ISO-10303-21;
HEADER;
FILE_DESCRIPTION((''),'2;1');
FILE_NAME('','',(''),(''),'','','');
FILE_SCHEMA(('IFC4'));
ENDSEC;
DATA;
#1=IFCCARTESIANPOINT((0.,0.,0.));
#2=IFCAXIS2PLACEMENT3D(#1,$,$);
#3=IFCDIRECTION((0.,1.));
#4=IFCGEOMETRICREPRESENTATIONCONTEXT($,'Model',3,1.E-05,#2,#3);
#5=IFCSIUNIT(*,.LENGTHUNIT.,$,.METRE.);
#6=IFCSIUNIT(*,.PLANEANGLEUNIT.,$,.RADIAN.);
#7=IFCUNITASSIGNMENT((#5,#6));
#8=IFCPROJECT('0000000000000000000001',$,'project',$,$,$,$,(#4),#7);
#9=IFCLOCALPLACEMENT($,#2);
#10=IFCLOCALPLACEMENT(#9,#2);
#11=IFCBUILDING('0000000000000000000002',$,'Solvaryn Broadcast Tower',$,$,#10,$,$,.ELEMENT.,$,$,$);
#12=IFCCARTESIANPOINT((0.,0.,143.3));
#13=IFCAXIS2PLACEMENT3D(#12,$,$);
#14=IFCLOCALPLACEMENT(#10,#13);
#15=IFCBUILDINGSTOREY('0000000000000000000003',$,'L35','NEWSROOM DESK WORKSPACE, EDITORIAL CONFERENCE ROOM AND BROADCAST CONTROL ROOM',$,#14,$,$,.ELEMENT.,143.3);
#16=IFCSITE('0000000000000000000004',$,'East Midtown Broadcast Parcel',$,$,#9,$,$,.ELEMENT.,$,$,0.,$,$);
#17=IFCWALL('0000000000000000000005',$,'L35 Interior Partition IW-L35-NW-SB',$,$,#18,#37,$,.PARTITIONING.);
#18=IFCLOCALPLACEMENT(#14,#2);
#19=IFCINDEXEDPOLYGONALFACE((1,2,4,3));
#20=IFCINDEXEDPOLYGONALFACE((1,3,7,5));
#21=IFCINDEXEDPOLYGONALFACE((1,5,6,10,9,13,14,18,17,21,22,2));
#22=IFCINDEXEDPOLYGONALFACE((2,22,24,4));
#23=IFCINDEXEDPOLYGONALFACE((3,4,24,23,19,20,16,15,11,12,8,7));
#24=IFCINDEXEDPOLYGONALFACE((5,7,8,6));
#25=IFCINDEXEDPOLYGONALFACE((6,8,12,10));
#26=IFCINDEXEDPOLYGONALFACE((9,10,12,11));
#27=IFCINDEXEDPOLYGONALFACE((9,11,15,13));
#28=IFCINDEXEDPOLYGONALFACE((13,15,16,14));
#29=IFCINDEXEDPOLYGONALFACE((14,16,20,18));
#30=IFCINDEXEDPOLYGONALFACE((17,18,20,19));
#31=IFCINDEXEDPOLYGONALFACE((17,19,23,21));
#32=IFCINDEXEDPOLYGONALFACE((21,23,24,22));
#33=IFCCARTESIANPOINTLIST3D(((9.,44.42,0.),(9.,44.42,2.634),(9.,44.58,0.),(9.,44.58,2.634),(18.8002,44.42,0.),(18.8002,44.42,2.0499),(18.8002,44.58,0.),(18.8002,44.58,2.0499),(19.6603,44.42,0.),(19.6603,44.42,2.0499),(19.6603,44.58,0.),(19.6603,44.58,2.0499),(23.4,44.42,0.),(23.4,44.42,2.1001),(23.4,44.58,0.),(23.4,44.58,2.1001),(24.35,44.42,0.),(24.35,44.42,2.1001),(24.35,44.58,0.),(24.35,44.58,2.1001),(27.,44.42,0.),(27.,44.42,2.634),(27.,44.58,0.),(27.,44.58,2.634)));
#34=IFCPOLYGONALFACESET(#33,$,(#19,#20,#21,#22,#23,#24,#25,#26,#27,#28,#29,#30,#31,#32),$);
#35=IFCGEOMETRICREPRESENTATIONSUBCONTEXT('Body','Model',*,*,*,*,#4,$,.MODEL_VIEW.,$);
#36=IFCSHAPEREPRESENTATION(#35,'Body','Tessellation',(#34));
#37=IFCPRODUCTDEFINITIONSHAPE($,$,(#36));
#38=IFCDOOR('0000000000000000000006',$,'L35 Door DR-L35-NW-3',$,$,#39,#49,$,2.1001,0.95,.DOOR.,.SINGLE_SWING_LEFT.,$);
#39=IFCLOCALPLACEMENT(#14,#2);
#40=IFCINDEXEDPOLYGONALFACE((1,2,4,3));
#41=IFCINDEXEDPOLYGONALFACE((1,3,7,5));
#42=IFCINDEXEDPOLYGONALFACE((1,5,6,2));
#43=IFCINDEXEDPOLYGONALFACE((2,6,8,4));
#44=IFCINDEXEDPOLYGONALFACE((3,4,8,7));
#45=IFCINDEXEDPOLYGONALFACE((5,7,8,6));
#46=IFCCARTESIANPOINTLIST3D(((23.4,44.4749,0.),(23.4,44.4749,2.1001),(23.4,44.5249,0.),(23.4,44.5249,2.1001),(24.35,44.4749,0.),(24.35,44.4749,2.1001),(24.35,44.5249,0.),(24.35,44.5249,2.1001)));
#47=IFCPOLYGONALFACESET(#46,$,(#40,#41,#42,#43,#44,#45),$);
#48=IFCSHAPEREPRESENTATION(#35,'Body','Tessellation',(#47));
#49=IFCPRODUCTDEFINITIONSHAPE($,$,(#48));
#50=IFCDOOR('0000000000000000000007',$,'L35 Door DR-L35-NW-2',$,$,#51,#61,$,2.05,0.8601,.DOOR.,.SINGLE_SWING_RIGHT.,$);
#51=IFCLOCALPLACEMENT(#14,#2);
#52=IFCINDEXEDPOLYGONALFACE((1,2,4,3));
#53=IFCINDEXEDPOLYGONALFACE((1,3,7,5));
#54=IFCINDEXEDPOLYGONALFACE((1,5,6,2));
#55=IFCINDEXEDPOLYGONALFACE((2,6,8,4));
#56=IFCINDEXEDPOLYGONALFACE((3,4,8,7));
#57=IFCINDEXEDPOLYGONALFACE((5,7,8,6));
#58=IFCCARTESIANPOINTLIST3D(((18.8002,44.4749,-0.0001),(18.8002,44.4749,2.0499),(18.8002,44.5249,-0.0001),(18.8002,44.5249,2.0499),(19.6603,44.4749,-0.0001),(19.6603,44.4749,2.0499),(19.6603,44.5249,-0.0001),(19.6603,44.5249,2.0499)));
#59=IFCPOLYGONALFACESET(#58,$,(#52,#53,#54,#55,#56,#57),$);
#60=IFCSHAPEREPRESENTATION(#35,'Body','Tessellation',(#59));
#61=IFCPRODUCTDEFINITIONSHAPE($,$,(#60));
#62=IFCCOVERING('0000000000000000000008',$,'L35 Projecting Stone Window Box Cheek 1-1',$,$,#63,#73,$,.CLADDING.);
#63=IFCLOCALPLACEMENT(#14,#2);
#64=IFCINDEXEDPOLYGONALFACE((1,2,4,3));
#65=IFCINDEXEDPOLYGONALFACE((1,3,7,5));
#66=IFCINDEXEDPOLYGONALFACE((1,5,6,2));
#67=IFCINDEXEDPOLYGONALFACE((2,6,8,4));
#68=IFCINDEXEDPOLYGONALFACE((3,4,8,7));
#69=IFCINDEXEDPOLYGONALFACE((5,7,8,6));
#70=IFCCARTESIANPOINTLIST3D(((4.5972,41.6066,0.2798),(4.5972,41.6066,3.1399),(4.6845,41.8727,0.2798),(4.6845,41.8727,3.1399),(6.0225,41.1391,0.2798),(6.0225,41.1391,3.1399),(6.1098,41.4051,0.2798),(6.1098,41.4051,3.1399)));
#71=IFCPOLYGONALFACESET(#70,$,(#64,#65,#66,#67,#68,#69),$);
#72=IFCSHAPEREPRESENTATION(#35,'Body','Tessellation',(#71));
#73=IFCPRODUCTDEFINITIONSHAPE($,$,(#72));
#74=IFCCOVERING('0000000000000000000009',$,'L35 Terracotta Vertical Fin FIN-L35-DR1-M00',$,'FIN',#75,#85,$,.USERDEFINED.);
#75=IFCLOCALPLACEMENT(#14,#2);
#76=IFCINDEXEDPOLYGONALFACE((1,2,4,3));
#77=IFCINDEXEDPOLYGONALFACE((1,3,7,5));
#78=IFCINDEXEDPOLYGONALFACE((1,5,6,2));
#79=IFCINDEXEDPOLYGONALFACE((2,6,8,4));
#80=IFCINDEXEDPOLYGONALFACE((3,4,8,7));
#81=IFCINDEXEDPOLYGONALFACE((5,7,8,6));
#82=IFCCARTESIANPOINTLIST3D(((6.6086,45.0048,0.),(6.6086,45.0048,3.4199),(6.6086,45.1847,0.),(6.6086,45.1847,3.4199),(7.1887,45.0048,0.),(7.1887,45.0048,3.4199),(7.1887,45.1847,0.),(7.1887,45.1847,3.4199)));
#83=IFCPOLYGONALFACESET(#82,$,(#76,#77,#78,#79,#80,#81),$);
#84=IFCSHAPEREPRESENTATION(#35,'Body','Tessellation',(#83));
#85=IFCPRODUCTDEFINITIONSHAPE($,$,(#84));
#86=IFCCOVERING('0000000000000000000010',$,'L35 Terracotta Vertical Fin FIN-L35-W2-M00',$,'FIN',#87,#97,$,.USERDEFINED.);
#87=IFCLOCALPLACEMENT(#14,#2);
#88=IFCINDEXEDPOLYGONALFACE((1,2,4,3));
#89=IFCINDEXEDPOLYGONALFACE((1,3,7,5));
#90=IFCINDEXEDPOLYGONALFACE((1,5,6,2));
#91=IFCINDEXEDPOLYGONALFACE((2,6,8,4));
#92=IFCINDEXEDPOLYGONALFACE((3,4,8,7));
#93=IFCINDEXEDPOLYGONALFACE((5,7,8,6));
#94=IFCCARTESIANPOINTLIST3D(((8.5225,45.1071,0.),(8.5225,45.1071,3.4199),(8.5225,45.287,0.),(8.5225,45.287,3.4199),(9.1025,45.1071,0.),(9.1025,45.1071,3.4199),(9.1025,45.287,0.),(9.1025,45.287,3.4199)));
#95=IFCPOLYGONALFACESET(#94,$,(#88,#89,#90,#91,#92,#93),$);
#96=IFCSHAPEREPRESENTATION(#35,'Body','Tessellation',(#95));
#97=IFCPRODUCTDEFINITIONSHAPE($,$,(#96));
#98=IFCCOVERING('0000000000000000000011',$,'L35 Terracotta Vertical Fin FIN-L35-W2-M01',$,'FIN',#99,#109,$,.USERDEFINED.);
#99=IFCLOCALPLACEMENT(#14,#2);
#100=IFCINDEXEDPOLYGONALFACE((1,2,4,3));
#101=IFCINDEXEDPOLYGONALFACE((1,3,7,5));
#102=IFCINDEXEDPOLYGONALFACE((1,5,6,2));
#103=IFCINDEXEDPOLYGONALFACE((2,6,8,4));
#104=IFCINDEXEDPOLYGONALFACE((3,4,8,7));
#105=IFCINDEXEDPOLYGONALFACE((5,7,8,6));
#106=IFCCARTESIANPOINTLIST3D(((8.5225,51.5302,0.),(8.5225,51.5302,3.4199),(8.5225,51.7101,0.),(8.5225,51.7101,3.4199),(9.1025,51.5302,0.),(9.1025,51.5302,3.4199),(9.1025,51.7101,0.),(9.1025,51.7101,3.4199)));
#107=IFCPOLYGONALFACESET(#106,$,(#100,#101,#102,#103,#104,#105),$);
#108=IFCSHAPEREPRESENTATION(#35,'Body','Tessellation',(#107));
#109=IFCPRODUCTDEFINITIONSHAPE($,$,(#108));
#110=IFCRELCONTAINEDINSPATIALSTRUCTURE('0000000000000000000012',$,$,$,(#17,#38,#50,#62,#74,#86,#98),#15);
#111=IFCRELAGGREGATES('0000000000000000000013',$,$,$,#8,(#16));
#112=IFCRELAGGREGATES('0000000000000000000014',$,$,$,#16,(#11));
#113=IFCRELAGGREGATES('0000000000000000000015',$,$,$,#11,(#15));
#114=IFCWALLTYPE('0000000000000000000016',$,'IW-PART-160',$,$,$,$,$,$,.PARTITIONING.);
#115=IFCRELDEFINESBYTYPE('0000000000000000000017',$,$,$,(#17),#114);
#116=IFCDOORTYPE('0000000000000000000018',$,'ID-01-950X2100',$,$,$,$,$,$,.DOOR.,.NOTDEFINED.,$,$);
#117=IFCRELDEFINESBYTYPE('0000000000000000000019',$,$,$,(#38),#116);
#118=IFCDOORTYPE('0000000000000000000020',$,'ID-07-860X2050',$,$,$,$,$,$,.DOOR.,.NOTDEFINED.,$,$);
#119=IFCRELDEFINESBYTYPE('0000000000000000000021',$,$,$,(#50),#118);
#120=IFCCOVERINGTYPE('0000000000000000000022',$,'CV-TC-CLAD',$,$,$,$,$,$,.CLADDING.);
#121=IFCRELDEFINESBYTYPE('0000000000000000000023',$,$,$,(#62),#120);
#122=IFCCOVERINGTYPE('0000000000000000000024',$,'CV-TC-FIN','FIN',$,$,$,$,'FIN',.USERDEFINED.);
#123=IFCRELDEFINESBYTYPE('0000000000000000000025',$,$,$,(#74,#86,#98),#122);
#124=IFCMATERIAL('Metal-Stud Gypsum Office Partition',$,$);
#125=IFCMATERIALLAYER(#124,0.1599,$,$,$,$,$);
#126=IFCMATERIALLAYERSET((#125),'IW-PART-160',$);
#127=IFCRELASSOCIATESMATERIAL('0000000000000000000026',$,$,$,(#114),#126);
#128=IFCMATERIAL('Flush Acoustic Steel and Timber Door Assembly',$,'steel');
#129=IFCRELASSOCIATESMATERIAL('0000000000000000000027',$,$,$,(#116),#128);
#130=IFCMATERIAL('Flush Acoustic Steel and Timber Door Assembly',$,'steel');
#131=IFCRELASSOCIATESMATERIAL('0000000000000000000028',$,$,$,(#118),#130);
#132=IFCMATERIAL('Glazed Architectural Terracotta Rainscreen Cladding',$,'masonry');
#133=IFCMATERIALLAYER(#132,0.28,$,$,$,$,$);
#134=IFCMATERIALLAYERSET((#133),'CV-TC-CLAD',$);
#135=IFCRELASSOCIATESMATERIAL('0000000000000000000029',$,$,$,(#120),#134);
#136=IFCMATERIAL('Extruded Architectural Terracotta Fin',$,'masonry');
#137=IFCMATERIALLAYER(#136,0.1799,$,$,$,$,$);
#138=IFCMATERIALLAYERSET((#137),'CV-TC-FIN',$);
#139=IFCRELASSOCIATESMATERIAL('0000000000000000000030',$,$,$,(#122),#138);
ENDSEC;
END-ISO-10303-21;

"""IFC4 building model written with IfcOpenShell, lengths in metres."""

from ifc_helpers import new_model, si_unit, direction, frame, frame_2d, origin, origin_2d, place, context, subcontext, project, spatial, rectangle, extrude, material, layer, layer_set, type_object, element, fill, save


model = new_model("IFC4")

# Units and contexts
model_context = context("Model", 3, precision=1e-05, world=origin(), true_north=direction((0.0, 1.0)))
body_context = subcontext(model_context, "Body", "Model", "MODEL_VIEW")
ifc_project = project(units=[si_unit("LENGTHUNIT", "METRE"), si_unit("PLANEANGLEUNIT", "RADIAN")], contexts=[model_context])

# Site, building, storey
site_placement = place(None, origin())
site = spatial("IfcSite", under=ifc_project, at=site_placement, Name="East Midtown Broadcast Parcel", CompositionType="ELEMENT", RefElevation=0.0)
building_placement = place(site_placement, origin())
building = spatial("IfcBuilding", under=site, at=building_placement, Name="Solvaryn Broadcast Tower", CompositionType="ELEMENT")
storey_placement = place(building_placement, frame((0.0, 0.0, 143.3)))
storey = spatial("IfcBuildingStorey", under=building, at=storey_placement, Name="L35", Description="NEWSROOM DESK WORKSPACE, EDITORIAL CONFERENCE ROOM AND BROADCAST CONTROL ROOM", CompositionType="ELEMENT", Elevation=143.3)

# Shared definitions
ifc_material_1 = material(Name="Metal-Stud Gypsum Office Partition")
ifc_layer_1 = layer(ifc_material_1, 0.1599)
ifc_layer_set_1 = layer_set([ifc_layer_1], Name="IW-PART-160")
wall_type_1 = type_object("IfcWallType", Name="IW-PART-160", PredefinedType="PARTITIONING", material=ifc_layer_set_1)

# Wall, openings, doors
wall_1_placement = place(storey_placement, frame((9.0, 44.5, 0.0), z_axis=(0.0, 0.0, 1.0), x_axis=(1.0, 0.0, 0.0)))
wall_1 = element("IfcWall", 1, at=wall_1_placement, inside=storey, type_object=wall_type_1, Name="L35 Interior Partition IW-L35-NW-SB", PredefinedType="PARTITIONING", context=body_context, shape_type="SweptSolid", body=[
    extrude(rectangle(XDim=18.0, YDim=0.1599, at=frame_2d((9.0, 0.0))), origin(), (0.0, 0.0, 1.0), 2.634),
])
opening_1_placement = place(wall_1_placement, frame((9.8, 0.0, 0.0)))
opening_1 = element("IfcOpeningElement", 2, at=opening_1_placement, cuts=wall_1, PredefinedType="OPENING", context=body_context, shape_type="SweptSolid", body=[
    extrude(rectangle(XDim=0.8601, YDim=2.05, at=frame_2d((0.4302, 1.0249))), frame((0.0, 0.0901, 0.0), z_axis=(0.0, -1.0, 0.0), x_axis=(1.0, 0.0, 0.0)), (0.0, 0.0, 1.0), 0.1799),
])
opening_2_placement = place(wall_1_placement, frame((14.3999, 0.0, 0.0)))
opening_2 = element("IfcOpeningElement", 3, at=opening_2_placement, cuts=wall_1, PredefinedType="OPENING", context=body_context, shape_type="SweptSolid", body=[
    extrude(rectangle(XDim=0.95, YDim=2.1001, at=frame_2d((0.4751, 1.05))), frame((0.0, 0.0901, 0.0), z_axis=(0.0, -1.0, 0.0), x_axis=(1.0, 0.0, 0.0)), (0.0, 0.0, 1.0), 0.1799),
])
ifc_material_2 = material(Name="Flush Acoustic Steel and Timber Door Assembly", Category="steel")
door_type_1 = type_object("IfcDoorType", Name="ID-01-950X2100", OperationType="NOTDEFINED", PredefinedType="DOOR", material=ifc_material_2)
door_1_placement = place(opening_2_placement, origin())
door_1 = element("IfcDoor", 4, at=door_1_placement, inside=storey, type_object=door_type_1, Name="L35 Door DR-L35-NW-3", OperationType="SINGLE_SWING_LEFT", OverallHeight=2.1001, OverallWidth=0.95, PredefinedType="DOOR", context=body_context, shape_type="SweptSolid", body=[
    extrude(rectangle(XDim=0.95, YDim=2.1001, at=frame_2d((0.4751, 1.05))), frame((0.0, 0.0249, 0.0), z_axis=(0.0, -1.0, 0.0), x_axis=(1.0, 0.0, 0.0)), (0.0, 0.0, 1.0), 0.05),
])
fill(opening_2, door_1)
ifc_material_3 = material(Name="Flush Acoustic Steel and Timber Door Assembly", Category="steel")
door_type_2 = type_object("IfcDoorType", Name="ID-07-860X2050", OperationType="NOTDEFINED", PredefinedType="DOOR", material=ifc_material_3)
door_2_placement = place(opening_1_placement, origin())
door_2 = element("IfcDoor", 5, at=door_2_placement, inside=storey, type_object=door_type_2, Name="L35 Door DR-L35-NW-2", OperationType="SINGLE_SWING_RIGHT", OverallHeight=2.05, OverallWidth=0.8601, PredefinedType="DOOR", context=body_context, shape_type="SweptSolid", body=[
    extrude(rectangle(XDim=0.8601, YDim=2.05, at=frame_2d((0.4302, 1.0249))), frame((0.0, 0.0249, 0.0), z_axis=(0.0, -1.0, 0.0), x_axis=(1.0, 0.0, 0.0)), (0.0, 0.0, 1.0), 0.05),
])
fill(opening_1, door_2)

# Coverings
ifc_material_4 = material(Name="Glazed Architectural Terracotta Rainscreen Cladding", Category="masonry")
ifc_layer_2 = layer(ifc_material_4, 0.28)
ifc_layer_set_2 = layer_set([ifc_layer_2], Name="CV-TC-CLAD")
covering_type_1 = type_object("IfcCoveringType", Name="CV-TC-CLAD", PredefinedType="CLADDING", material=ifc_layer_set_2)
covering_placement = place(storey_placement, frame((5.3535, 41.5059, 0.2798), z_axis=(0.0, 0.0, 1.0), x_axis=(-0.311672, -0.95019, 0.0)))
element("IfcCovering", 6, at=covering_placement, inside=storey, type_object=covering_type_1, Name="L35 Projecting Stone Window Box Cheek 1-1", PredefinedType="CLADDING", context=body_context, shape_type="SweptSolid", body=[
    extrude(rectangle(XDim=0.28, YDim=1.5, at=origin_2d()), origin(), (0.0, 0.0, 1.0), 2.8601),
])
ifc_material_5 = material(Name="Extruded Architectural Terracotta Fin", Category="masonry")
ifc_layer_3 = layer(ifc_material_5, 0.1799)
ifc_layer_set_3 = layer_set([ifc_layer_3], Name="CV-TC-FIN")
covering_type_2 = type_object("IfcCoveringType", Name="CV-TC-FIN", Description="FIN", ElementType="FIN", PredefinedType="USERDEFINED", material=ifc_layer_set_3)
for number, where, z_axis, x_axis, name in (
    (7, (6.8987, 45.0947, 0.0), (0.0, 0.0, 1.0), (1.0, 0.0, 0.0), "L35 Terracotta Vertical Fin FIN-L35-DR1-M00"),
    (8, (8.8125, 45.197, 0.0), (0.0, 0.0, 1.0), (1.0, 0.0, 0.0), "L35 Terracotta Vertical Fin FIN-L35-W2-M00"),
    (9, (8.8125, 51.6201, 0.0), (0.0, 0.0, 1.0), (1.0, 0.0, 0.0), "L35 Terracotta Vertical Fin FIN-L35-W2-M01"),
):
    element("IfcCovering", number, at=place(storey_placement, frame(where, z_axis=z_axis, x_axis=x_axis)), inside=storey, type_object=covering_type_2, Name=name, ObjectType="FIN", PredefinedType="USERDEFINED", context=body_context, shape_type="SweptSolid", body=[
        extrude(rectangle(XDim=0.5801, YDim=0.1799, at=origin_2d()), origin(), (0.0, 0.0, 1.0), 3.4199),
    ])

save(model, "model.ifc")
